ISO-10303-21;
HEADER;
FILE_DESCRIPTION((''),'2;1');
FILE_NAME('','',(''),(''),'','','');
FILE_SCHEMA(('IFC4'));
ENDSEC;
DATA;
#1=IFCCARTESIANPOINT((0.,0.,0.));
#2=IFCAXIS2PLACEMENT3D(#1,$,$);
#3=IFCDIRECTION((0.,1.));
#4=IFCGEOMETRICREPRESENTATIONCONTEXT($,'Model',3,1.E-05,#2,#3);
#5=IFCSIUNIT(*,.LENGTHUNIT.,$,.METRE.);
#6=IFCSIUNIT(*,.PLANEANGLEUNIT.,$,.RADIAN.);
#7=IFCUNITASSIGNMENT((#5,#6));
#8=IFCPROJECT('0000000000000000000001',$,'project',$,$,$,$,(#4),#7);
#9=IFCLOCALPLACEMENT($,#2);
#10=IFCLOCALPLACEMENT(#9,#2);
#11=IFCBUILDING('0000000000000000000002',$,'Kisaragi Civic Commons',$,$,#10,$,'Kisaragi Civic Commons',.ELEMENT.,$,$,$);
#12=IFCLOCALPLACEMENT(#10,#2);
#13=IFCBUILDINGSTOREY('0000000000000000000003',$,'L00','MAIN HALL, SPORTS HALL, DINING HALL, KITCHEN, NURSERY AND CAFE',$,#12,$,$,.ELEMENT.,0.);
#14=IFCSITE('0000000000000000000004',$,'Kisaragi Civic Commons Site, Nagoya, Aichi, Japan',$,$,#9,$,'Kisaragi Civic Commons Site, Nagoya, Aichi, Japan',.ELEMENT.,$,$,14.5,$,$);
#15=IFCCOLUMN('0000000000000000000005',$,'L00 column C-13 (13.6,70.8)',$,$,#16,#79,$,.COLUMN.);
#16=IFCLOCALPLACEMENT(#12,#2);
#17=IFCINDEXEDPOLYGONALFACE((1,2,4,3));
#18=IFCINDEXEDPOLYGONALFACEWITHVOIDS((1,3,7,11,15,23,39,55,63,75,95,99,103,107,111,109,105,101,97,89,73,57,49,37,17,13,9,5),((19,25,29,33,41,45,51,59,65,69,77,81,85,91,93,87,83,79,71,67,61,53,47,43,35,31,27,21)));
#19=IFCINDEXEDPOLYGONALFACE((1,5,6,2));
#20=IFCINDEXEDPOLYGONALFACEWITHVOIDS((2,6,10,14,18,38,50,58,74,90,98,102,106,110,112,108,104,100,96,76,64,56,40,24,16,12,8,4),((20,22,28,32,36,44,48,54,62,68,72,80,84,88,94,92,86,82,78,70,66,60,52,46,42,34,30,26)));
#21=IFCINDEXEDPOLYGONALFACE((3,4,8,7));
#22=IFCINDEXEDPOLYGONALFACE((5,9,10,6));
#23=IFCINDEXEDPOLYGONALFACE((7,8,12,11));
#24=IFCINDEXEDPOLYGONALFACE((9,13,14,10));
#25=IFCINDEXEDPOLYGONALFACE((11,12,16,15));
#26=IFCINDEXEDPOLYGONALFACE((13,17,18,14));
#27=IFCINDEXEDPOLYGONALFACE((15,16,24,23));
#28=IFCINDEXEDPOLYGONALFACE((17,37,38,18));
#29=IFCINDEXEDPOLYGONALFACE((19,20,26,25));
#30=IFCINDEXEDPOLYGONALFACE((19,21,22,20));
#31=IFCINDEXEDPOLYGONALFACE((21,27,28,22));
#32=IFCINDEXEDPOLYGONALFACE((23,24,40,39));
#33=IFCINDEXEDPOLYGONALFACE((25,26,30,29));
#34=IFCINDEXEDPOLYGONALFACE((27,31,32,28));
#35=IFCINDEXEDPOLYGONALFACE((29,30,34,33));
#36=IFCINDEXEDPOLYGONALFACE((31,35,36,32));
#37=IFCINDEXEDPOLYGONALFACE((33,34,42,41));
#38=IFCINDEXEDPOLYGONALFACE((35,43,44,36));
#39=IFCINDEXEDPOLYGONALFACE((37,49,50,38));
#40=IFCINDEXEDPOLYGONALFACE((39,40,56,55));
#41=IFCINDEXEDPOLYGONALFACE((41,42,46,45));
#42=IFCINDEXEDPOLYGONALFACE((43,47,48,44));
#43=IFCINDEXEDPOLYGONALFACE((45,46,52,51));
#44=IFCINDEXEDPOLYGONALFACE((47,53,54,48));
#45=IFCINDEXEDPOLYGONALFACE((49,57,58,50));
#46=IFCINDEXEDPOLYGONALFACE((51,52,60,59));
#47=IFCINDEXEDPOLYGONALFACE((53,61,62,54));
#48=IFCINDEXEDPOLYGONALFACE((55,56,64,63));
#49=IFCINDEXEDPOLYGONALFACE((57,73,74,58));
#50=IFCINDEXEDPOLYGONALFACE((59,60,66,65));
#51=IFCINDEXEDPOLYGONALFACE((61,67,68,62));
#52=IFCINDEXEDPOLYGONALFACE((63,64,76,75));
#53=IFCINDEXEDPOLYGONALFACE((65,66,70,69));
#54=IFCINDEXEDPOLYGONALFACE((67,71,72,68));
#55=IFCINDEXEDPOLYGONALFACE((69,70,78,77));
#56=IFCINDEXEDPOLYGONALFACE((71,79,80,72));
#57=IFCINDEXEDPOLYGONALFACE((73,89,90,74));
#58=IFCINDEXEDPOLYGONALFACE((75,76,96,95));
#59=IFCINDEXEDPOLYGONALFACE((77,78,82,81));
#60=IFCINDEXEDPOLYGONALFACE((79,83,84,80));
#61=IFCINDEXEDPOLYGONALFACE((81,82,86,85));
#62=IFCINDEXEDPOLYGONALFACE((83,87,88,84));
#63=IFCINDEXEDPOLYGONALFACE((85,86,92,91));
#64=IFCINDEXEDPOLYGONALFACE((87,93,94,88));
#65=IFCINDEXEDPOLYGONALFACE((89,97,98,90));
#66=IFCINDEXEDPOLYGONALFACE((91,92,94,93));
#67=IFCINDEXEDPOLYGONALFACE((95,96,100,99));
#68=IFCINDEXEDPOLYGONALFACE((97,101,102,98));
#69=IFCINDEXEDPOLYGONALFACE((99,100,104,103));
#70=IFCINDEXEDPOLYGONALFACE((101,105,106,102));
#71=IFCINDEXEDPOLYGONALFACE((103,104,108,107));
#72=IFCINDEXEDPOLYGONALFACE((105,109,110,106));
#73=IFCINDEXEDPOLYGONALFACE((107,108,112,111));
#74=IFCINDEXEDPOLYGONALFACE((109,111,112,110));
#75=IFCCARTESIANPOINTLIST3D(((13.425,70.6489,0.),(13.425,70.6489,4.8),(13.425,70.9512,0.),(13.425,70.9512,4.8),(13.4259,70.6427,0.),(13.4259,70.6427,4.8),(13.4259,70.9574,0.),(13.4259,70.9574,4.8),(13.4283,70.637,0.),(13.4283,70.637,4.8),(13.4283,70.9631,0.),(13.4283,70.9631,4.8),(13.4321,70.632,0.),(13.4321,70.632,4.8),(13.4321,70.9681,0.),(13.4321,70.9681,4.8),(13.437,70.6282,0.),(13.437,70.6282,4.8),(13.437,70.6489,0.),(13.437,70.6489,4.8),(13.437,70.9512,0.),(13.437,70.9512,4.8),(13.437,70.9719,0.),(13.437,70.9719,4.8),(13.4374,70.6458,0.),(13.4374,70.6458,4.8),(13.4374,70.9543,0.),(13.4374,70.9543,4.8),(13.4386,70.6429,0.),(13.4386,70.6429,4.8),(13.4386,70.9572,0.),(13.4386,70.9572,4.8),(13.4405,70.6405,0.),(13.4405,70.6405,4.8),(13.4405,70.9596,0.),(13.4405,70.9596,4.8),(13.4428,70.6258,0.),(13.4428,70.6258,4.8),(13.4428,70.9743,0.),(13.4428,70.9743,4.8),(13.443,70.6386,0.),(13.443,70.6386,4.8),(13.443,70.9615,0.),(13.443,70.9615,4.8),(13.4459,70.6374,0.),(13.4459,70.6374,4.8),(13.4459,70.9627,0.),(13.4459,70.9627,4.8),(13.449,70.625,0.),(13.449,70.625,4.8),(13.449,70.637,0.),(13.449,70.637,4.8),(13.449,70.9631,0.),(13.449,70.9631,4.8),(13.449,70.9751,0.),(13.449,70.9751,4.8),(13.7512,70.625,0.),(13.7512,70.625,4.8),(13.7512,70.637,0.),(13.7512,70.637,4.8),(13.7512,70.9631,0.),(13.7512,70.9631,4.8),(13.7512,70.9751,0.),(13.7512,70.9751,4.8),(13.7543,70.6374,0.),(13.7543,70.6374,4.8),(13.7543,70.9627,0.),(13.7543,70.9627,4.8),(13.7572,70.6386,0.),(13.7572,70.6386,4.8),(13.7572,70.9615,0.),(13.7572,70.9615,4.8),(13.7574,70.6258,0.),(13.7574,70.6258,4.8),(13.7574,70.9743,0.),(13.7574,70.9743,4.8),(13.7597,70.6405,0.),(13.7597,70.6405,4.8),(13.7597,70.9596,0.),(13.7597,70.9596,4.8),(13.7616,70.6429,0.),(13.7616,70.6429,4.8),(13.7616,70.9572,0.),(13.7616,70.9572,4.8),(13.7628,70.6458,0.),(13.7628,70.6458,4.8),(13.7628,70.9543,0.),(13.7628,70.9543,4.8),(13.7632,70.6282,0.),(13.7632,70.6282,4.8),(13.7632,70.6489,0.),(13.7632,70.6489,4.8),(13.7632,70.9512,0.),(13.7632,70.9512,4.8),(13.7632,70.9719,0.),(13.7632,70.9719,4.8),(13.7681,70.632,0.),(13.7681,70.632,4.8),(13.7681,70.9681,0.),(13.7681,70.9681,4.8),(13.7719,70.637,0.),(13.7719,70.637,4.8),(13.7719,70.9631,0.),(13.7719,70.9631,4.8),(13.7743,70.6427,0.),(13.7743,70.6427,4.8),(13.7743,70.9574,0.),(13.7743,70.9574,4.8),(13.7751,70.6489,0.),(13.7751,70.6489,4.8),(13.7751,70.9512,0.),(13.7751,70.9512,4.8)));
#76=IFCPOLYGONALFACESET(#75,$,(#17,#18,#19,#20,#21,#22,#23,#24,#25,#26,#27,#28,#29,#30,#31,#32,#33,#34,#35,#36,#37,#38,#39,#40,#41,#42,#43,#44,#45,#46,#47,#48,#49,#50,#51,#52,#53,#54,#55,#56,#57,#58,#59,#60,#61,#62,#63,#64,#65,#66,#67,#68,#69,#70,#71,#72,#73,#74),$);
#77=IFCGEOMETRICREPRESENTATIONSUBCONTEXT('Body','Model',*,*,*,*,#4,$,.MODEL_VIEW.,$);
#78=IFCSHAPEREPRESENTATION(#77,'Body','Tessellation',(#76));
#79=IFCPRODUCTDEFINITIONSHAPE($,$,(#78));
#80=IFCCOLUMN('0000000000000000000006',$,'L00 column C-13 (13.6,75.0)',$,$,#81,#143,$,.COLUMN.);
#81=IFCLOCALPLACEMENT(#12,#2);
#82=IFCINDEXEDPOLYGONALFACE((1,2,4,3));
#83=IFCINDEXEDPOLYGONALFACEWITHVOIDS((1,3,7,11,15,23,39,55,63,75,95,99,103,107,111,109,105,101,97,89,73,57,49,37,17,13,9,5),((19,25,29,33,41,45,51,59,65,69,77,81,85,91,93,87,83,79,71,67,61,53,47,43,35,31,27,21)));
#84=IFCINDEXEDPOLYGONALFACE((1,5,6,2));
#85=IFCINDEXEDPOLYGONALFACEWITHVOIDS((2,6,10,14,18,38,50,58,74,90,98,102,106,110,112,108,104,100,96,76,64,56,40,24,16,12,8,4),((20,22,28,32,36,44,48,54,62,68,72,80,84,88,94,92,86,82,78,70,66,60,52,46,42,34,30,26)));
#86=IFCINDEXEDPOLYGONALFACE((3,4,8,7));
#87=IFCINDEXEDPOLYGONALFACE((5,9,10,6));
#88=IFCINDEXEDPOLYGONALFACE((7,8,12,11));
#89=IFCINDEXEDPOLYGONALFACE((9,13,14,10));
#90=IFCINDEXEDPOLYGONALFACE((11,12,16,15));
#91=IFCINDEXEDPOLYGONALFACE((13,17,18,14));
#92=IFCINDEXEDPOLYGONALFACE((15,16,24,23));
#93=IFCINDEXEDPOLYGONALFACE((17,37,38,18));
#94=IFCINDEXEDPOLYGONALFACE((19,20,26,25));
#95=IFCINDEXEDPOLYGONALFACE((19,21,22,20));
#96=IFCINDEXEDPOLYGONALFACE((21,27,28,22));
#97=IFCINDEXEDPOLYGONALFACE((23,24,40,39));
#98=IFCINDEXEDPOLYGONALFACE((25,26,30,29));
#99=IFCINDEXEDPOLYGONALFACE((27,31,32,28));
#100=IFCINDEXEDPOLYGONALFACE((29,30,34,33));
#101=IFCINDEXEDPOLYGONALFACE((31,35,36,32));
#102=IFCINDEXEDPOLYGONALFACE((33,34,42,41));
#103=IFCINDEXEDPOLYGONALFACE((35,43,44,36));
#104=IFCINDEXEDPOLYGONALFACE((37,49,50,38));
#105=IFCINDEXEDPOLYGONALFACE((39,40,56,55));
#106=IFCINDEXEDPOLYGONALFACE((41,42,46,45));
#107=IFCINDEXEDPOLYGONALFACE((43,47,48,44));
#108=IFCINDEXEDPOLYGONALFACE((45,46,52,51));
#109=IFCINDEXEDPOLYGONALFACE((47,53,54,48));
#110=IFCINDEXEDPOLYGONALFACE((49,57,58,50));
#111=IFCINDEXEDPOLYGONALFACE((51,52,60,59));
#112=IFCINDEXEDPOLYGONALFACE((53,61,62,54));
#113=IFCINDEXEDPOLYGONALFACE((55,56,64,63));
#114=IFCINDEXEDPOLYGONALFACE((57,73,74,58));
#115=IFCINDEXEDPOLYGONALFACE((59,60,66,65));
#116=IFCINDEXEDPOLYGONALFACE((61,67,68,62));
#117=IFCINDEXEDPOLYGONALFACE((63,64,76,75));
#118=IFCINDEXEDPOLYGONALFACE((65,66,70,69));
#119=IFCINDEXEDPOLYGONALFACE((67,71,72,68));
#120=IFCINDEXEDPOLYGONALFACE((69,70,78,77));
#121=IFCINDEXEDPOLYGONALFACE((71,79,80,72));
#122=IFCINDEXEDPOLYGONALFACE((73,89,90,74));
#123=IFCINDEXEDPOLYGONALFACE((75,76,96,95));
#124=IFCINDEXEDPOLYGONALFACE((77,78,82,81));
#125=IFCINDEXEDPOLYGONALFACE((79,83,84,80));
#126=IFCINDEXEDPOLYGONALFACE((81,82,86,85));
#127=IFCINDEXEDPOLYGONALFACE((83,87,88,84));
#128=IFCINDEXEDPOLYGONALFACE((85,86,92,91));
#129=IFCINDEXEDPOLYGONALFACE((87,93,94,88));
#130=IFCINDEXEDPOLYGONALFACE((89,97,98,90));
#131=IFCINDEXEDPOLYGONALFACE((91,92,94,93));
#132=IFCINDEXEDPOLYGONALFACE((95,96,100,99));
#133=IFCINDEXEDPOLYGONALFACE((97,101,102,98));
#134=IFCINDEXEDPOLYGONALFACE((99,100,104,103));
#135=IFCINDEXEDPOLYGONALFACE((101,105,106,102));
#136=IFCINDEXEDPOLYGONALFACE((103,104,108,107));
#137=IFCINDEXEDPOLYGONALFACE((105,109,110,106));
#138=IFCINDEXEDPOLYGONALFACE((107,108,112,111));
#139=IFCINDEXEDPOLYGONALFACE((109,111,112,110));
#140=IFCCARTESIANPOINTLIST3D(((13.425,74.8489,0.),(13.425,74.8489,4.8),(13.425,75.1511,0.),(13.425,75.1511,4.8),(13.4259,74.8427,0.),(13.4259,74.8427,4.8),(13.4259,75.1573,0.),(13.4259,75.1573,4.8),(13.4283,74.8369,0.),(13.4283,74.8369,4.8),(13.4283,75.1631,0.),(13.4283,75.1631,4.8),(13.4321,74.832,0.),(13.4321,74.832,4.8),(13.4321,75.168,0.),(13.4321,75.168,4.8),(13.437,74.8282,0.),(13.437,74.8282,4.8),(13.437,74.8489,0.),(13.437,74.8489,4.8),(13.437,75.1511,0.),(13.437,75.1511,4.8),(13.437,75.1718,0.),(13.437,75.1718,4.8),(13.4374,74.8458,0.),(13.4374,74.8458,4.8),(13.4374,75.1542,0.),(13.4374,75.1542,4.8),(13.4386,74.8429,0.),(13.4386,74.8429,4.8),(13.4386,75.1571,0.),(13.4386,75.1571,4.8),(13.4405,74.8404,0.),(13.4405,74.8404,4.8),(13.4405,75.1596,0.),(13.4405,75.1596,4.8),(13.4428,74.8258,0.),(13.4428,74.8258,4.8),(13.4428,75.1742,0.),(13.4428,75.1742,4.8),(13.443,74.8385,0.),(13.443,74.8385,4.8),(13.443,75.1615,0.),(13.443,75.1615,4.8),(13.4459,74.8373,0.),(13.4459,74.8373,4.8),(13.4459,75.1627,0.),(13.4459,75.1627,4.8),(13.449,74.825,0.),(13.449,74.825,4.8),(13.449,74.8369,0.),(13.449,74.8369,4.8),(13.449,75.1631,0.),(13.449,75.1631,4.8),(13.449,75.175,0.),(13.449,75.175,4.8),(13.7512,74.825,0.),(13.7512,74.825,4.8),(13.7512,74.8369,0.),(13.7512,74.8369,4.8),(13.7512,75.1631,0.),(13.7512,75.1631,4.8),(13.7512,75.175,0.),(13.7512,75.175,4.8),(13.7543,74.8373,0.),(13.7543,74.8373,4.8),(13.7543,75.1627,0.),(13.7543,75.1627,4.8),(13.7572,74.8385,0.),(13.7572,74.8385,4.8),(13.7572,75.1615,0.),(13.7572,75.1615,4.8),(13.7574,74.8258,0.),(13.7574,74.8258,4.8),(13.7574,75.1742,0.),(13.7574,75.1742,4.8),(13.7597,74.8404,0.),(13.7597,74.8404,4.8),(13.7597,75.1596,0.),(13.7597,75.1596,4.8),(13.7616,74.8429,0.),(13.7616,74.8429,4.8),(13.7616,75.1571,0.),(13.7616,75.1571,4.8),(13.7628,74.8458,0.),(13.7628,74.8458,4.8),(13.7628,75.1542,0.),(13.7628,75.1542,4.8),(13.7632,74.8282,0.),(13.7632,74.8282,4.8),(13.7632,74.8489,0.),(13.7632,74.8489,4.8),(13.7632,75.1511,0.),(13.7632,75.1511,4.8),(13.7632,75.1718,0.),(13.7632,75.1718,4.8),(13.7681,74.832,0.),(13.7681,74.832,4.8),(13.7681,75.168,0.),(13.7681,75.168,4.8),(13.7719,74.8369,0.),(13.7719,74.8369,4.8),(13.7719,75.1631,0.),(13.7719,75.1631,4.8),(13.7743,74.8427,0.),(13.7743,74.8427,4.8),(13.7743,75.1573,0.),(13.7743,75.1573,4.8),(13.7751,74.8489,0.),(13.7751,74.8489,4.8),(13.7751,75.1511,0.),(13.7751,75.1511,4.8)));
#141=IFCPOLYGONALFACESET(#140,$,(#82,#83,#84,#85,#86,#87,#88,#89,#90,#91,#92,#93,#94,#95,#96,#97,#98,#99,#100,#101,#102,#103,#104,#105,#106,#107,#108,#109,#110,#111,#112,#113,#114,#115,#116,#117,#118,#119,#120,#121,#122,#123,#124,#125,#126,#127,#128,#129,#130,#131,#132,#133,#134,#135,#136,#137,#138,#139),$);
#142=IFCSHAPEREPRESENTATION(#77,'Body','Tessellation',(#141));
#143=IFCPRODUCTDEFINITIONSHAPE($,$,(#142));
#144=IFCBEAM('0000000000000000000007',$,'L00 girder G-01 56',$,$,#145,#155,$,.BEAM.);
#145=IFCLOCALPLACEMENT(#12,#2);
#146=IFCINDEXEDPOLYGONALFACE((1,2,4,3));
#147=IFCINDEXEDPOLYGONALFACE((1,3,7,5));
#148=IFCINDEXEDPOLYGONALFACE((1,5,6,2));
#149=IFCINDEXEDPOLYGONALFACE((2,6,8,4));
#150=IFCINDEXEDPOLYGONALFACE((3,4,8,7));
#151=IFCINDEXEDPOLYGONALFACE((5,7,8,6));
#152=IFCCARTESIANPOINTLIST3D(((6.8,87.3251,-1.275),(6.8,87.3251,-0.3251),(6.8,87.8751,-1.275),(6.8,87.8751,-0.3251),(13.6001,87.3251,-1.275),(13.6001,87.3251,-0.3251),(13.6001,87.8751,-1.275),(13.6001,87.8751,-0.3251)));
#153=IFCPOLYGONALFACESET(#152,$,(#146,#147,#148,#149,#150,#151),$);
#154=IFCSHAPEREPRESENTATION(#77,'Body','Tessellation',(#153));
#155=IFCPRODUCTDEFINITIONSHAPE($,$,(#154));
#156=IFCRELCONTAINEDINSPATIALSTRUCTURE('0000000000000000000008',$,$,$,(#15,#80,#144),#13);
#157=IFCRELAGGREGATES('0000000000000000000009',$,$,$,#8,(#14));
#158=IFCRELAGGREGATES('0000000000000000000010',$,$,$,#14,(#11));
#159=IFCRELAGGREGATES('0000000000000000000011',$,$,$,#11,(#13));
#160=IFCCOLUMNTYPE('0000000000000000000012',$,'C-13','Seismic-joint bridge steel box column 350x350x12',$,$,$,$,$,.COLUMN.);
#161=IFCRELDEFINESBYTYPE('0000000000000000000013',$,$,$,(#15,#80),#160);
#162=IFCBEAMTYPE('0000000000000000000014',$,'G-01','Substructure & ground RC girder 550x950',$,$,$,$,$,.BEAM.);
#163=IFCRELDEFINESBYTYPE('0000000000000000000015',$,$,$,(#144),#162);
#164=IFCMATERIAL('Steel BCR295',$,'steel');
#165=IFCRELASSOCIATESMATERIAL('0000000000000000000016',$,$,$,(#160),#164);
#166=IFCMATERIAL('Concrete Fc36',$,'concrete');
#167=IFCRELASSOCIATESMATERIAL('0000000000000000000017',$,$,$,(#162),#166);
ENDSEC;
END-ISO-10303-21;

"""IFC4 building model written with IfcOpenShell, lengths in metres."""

from ifc_helpers import new_model, si_unit, direction, frame, origin, origin_2d, place, context, subcontext, project, spatial, rectangle, hollow_rectangle, extrude, material, material_profile, profile_set, type_object, element, save


model = new_model("IFC4")

# Units and contexts
model_context = context("Model", 3, precision=1e-05, world=origin(), true_north=direction((0.0, 1.0)))
body_context = subcontext(model_context, "Body", "Model", "MODEL_VIEW")
ifc_project = project(units=[si_unit("LENGTHUNIT", "METRE"), si_unit("PLANEANGLEUNIT", "RADIAN")], contexts=[model_context])

# Site, building, storey
site_placement = place(None, origin())
site = spatial("IfcSite", under=ifc_project, at=site_placement, Name="Kisaragi Civic Commons Site, Nagoya, Aichi, Japan", LongName="Kisaragi Civic Commons Site, Nagoya, Aichi, Japan", CompositionType="ELEMENT", RefElevation=14.5)
building_placement = place(site_placement, origin())
building = spatial("IfcBuilding", under=site, at=building_placement, Name="Kisaragi Civic Commons", LongName="Kisaragi Civic Commons", CompositionType="ELEMENT")
storey_placement = place(building_placement, origin())
storey = spatial("IfcBuildingStorey", under=building, at=storey_placement, Name="L00", Description="MAIN HALL, SPORTS HALL, DINING HALL, KITCHEN, NURSERY AND CAFE", CompositionType="ELEMENT", Elevation=0.0)

# Columns
ifc_material_1 = material(Name="Concrete Fc36", Category="concrete")
ifc_material_2 = material(Name="Steel BCR295", Category="steel")
ifc_material_profile_1 = material_profile(ifc_material_2, hollow_rectangle(XDim=0.3501, YDim=0.3501, WallThickness=0.012, InnerFilletRadius=0.012, OuterFilletRadius=0.0239, at=origin_2d()), Name="BCR-350x350x12", Category="steel")
ifc_profile_set_1 = profile_set([ifc_material_profile_1], Name="Steel BCR295")
column_type_1 = type_object("IfcColumnType", Name="C-13", Description="Seismic-joint bridge steel box column 350x350x12", PredefinedType="COLUMN", material=ifc_profile_set_1)
for number, where, z_axis, x_axis, name in (
    (1, (13.6001, 70.8, 0.0), (0.0, 0.0, 1.0), (1.0, 0.0, 0.0), "L00 column C-13 (13.6,70.8)"),
    (2, (13.6001, 75.0, 0.0), (0.0, 0.0, 1.0), (1.0, 0.0, 0.0), "L00 column C-13 (13.6,75.0)"),
):
    element("IfcColumn", number, at=place(storey_placement, frame(where, z_axis=z_axis, x_axis=x_axis)), inside=storey, type_object=column_type_1, Name=name, PredefinedType="COLUMN", context=body_context, shape_type="SweptSolid", body=[
        extrude(hollow_rectangle(XDim=0.3501, YDim=0.3501, WallThickness=0.012, InnerFilletRadius=0.012, OuterFilletRadius=0.0239, at=origin_2d()), origin(), (0.0, 0.0, 1.0), 4.8),
    ])

# Beam
ifc_material_profile_2 = material_profile(ifc_material_1, rectangle(XDim=0.55, YDim=0.95, at=origin_2d()), Name="RC-550x950", Category="concrete")
ifc_profile_set_2 = profile_set([ifc_material_profile_2], Name="Concrete Fc36")
beam_type_1 = type_object("IfcBeamType", Name="G-01", Description="Substructure & ground RC girder 550x950", PredefinedType="BEAM", material=ifc_profile_set_2)
beam_1_placement = place(storey_placement, frame((6.8, 87.6001, -0.8), z_axis=(1.0, 0.0, 0.0), x_axis=(0.0, 1.0, 0.0)))
element("IfcBeam", 3, at=beam_1_placement, inside=storey, type_object=beam_type_1, Name="L00 girder G-01 56", PredefinedType="BEAM", context=body_context, shape_type="SweptSolid", body=[
    extrude(rectangle(XDim=0.55, YDim=0.95, at=origin_2d()), origin(), (0.0, 0.0, 1.0), 6.8),
])

save(model, "model.ifc")
